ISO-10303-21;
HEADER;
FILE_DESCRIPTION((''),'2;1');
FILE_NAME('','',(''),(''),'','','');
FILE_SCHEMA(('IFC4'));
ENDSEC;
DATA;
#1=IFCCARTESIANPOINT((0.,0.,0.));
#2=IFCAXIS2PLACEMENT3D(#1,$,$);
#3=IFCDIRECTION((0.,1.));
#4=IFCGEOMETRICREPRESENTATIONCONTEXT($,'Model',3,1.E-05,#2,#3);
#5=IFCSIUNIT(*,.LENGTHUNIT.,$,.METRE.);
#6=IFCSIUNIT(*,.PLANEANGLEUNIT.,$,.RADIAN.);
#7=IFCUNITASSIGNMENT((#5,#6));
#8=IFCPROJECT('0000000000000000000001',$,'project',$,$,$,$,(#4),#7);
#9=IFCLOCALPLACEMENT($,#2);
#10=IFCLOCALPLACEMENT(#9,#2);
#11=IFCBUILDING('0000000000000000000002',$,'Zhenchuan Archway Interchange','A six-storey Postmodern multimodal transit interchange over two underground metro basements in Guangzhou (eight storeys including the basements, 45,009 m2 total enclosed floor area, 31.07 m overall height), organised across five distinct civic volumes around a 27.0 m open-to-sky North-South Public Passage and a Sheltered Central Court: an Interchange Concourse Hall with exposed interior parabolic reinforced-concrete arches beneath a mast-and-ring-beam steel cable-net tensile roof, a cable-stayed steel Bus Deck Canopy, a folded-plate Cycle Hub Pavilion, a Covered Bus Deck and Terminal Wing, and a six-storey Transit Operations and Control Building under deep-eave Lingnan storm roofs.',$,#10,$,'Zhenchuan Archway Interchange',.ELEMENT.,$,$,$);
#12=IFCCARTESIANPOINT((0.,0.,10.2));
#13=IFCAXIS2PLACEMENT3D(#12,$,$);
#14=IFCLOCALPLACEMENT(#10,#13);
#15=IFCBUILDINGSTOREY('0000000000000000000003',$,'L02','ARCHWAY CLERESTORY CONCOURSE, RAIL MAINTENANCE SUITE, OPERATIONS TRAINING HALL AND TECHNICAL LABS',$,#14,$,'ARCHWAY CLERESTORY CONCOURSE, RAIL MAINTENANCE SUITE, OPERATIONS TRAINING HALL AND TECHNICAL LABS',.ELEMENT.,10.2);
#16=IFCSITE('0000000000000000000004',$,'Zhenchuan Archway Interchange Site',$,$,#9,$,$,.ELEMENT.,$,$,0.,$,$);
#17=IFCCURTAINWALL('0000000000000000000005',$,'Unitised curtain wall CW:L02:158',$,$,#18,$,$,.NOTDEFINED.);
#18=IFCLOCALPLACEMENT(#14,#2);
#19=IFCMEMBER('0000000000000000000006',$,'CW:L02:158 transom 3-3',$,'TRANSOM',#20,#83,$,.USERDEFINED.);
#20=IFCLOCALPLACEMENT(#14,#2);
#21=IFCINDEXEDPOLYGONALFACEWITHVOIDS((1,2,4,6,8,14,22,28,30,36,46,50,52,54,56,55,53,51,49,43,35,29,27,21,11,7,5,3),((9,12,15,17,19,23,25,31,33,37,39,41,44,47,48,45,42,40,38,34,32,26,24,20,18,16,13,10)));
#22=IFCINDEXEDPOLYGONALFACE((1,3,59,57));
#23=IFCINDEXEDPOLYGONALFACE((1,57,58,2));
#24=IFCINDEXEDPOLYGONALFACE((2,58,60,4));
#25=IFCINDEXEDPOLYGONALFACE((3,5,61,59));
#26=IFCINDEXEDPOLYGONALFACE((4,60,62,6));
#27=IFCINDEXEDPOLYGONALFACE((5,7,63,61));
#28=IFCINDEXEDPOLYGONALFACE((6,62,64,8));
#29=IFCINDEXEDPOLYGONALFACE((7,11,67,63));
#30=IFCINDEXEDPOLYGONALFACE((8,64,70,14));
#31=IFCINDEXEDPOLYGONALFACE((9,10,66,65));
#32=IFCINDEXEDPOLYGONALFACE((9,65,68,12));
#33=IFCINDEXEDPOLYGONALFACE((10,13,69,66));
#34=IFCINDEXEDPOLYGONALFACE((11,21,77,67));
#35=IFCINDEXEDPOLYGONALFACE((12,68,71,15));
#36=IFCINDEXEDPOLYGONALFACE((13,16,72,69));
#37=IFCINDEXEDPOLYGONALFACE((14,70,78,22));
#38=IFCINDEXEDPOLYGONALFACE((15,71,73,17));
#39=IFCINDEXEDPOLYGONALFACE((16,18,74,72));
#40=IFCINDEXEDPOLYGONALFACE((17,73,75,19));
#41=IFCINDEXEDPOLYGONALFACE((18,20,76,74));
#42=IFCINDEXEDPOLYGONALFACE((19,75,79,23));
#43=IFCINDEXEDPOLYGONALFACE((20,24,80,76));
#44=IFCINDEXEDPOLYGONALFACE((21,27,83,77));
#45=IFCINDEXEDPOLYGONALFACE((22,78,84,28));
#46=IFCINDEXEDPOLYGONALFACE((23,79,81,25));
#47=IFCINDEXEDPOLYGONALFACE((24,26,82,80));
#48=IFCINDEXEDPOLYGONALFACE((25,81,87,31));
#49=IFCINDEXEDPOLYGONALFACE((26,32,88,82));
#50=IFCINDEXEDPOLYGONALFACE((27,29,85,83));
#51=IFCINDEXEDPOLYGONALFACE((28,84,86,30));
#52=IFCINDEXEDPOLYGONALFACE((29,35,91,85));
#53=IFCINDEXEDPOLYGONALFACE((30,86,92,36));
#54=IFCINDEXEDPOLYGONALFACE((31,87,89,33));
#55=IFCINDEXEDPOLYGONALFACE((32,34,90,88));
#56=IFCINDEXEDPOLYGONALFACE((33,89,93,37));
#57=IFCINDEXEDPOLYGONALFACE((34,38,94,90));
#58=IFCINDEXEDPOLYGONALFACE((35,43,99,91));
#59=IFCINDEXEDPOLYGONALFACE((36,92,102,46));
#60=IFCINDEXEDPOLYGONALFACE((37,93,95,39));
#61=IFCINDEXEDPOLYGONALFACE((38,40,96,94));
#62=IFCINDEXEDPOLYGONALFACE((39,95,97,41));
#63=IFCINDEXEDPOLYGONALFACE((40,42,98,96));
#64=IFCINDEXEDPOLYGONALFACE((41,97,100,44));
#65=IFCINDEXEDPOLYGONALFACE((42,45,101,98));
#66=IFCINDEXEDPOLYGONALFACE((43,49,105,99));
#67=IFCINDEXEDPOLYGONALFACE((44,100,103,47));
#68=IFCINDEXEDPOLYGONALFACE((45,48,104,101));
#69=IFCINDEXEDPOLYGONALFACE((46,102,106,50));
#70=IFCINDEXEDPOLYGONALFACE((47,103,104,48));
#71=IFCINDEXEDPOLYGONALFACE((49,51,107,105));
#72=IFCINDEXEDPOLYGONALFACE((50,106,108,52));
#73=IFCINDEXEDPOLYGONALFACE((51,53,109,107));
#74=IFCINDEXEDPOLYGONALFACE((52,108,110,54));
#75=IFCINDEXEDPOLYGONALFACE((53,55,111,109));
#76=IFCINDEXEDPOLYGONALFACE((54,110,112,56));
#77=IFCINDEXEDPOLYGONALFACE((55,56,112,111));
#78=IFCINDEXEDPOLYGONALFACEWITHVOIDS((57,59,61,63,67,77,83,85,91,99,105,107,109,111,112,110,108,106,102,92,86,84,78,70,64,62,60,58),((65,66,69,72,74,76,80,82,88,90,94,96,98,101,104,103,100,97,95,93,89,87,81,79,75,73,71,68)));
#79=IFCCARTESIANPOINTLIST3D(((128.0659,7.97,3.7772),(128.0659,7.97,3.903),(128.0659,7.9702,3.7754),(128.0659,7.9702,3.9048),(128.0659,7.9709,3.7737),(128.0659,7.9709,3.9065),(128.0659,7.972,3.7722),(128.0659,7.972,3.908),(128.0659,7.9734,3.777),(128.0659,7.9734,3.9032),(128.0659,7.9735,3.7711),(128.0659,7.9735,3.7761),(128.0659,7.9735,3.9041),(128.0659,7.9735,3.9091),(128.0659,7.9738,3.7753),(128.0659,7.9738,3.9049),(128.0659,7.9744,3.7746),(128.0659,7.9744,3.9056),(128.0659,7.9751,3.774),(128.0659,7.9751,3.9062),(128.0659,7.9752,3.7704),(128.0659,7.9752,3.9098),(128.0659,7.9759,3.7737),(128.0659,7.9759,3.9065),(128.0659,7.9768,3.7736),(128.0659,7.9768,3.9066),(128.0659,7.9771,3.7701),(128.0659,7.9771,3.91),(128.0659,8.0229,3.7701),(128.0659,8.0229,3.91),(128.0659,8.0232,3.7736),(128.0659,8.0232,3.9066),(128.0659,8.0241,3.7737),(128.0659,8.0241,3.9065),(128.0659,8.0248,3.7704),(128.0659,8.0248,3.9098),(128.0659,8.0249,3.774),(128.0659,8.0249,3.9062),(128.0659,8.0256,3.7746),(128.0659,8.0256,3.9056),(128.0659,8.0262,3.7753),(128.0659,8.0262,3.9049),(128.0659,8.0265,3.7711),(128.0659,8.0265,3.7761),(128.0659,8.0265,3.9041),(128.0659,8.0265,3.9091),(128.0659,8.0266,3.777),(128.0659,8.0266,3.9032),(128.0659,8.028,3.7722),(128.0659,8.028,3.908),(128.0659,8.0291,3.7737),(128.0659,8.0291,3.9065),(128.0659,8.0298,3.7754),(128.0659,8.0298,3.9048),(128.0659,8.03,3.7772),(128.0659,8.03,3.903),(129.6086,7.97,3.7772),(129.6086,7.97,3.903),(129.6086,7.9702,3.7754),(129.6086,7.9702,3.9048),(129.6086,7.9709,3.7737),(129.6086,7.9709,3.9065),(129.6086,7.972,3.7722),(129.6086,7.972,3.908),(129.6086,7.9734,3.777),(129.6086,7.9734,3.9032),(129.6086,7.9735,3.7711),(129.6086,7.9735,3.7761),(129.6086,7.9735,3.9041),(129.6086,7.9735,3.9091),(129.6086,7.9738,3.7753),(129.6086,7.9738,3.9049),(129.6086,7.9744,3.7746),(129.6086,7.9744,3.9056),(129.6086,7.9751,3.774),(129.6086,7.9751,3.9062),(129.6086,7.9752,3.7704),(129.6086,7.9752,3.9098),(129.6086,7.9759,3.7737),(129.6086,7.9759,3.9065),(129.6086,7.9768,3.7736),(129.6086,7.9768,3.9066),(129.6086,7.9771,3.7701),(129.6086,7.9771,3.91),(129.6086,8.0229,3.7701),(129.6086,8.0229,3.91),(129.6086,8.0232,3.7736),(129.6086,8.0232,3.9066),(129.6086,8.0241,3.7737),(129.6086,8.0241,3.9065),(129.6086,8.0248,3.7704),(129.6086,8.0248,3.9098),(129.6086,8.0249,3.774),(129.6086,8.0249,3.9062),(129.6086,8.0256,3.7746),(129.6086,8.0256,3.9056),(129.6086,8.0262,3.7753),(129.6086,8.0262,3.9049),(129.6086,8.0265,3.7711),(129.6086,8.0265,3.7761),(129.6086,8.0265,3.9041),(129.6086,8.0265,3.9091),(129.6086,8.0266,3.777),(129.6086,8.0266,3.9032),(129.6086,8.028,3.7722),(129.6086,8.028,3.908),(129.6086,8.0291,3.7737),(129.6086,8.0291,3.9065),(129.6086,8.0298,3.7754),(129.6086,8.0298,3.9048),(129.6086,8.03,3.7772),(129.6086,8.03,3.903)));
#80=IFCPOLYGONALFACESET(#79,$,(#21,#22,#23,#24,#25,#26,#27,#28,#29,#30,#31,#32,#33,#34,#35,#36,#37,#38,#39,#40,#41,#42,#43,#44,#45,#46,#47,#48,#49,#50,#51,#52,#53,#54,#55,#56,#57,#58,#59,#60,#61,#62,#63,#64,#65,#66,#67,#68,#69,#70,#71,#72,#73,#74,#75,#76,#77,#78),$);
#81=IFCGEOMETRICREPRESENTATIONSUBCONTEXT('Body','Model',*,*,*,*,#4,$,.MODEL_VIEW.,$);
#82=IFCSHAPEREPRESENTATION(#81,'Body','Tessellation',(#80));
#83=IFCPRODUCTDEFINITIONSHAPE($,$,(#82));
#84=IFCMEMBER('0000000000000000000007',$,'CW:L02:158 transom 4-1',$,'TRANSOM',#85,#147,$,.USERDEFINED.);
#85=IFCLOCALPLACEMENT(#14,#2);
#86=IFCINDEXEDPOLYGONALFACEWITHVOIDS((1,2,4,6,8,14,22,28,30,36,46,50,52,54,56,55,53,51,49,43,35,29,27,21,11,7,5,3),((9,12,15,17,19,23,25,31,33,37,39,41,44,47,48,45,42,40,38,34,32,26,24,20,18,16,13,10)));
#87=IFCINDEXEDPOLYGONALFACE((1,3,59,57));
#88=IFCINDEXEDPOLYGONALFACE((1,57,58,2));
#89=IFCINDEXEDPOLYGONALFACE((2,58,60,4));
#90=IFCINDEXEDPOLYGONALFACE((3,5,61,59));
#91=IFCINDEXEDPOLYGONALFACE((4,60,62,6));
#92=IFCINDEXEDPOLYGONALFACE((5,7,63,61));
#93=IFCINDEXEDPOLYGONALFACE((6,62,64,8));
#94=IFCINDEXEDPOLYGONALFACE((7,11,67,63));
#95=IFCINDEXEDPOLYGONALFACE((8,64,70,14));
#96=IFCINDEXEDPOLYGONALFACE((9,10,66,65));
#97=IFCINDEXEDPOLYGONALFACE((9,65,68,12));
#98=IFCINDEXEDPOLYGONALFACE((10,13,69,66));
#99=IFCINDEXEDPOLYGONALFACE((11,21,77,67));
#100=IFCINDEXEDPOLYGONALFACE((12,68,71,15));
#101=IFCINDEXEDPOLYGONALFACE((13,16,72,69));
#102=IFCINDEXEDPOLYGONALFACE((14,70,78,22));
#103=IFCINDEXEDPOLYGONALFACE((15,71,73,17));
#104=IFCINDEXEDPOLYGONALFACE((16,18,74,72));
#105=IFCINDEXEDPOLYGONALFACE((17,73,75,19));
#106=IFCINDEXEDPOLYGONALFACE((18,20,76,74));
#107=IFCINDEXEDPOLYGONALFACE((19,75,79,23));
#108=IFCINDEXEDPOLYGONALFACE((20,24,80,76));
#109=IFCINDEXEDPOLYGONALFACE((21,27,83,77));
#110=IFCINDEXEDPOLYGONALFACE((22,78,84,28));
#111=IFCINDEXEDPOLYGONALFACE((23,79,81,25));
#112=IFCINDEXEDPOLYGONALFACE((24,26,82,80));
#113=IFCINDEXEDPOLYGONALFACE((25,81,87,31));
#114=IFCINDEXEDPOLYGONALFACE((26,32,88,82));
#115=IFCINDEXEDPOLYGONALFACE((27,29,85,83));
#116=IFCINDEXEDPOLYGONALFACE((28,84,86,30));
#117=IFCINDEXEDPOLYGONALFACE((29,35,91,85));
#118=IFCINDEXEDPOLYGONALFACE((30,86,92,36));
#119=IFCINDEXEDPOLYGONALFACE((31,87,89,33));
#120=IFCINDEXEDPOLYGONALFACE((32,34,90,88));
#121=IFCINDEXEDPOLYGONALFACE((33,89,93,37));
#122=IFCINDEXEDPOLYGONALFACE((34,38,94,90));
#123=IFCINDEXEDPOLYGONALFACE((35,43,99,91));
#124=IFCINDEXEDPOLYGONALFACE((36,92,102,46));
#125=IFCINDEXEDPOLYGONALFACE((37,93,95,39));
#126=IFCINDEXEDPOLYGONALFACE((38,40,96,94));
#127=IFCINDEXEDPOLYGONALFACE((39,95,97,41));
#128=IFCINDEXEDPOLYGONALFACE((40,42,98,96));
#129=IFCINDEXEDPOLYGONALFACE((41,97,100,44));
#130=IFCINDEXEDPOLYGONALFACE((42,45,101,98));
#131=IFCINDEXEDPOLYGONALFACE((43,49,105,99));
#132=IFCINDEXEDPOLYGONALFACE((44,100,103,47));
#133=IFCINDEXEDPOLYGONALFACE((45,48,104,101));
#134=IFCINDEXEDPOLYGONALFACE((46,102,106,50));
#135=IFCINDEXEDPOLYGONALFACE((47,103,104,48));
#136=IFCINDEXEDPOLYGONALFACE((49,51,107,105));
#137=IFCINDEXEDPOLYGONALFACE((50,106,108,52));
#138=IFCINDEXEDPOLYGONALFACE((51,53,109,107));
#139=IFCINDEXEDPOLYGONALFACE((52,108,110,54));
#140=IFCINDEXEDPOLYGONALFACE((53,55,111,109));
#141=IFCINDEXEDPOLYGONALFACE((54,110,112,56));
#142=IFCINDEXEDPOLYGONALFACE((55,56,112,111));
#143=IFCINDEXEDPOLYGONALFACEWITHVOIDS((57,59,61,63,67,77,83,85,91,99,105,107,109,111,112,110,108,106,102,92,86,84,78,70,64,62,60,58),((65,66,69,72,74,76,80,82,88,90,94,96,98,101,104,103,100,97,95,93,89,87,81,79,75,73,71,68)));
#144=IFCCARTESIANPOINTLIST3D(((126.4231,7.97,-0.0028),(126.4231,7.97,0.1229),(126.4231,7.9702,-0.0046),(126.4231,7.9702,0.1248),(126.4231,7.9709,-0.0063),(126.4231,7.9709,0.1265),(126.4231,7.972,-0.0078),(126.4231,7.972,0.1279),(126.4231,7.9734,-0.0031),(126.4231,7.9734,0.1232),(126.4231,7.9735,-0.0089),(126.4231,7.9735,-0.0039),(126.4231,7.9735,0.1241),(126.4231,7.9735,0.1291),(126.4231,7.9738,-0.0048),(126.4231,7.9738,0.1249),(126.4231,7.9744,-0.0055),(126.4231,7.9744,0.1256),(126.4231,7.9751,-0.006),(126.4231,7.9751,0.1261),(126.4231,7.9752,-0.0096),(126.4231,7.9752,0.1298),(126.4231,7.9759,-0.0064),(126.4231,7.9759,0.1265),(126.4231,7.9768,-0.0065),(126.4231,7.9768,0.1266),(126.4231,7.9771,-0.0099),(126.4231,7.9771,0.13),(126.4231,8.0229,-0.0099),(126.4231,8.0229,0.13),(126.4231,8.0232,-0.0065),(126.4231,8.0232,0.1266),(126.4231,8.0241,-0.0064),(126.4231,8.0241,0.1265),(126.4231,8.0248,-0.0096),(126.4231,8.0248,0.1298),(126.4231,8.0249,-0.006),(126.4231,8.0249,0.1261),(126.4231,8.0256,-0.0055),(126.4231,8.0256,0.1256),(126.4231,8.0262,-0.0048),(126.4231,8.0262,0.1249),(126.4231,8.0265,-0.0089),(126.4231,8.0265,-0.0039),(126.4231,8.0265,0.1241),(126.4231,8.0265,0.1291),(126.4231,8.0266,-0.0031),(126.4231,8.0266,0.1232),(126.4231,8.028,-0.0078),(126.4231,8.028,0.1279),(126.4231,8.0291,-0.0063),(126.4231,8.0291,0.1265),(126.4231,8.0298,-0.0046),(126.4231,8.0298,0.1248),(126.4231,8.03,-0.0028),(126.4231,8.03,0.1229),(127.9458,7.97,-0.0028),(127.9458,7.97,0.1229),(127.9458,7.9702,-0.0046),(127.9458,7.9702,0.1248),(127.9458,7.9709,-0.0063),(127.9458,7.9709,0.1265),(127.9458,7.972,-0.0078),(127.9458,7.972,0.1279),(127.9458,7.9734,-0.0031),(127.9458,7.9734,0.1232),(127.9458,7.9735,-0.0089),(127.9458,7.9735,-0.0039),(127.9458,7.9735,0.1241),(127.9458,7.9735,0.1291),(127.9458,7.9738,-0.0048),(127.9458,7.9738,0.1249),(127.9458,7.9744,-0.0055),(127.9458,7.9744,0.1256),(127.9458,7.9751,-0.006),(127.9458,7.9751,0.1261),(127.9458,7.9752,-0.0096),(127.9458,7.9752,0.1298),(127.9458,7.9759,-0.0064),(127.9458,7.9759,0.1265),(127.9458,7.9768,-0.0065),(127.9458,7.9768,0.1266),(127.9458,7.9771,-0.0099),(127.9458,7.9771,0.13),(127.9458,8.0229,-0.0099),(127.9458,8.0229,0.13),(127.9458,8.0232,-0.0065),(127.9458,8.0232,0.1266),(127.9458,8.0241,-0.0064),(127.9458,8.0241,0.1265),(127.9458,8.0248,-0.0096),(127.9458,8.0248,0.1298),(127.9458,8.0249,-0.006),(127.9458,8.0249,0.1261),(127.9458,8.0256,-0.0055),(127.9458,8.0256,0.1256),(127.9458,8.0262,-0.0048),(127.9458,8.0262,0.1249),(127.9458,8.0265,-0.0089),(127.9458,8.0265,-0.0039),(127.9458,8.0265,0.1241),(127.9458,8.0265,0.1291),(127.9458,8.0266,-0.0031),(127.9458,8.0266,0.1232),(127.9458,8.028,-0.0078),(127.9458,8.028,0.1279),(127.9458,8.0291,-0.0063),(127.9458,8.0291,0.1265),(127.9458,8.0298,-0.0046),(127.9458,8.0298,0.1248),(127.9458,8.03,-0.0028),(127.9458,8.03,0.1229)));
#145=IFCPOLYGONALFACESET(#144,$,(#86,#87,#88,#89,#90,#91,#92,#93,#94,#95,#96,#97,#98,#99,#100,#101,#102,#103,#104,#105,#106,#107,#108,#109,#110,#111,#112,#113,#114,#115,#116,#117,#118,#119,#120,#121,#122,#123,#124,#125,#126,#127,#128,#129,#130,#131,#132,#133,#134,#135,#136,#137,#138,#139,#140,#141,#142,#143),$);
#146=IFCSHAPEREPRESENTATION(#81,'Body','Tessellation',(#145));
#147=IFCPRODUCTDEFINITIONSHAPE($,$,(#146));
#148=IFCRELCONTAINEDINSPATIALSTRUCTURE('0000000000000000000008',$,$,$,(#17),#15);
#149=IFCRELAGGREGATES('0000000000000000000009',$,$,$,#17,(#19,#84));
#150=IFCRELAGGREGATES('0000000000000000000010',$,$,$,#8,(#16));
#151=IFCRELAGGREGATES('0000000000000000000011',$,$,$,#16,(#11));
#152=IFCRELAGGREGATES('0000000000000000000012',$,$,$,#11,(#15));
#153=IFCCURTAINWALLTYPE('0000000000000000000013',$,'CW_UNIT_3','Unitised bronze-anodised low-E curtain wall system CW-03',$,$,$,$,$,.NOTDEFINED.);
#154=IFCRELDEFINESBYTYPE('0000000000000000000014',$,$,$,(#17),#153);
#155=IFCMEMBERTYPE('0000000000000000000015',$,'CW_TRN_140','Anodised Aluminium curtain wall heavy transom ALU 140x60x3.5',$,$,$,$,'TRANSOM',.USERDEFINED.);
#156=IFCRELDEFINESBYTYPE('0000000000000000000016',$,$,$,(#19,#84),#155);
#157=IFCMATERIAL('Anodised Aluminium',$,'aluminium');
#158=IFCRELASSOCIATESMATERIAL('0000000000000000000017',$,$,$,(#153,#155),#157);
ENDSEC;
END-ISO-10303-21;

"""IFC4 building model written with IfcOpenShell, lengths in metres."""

from ifc_helpers import new_model, si_unit, direction, frame, origin, origin_2d, place, context, subcontext, project, spatial, hollow_rectangle, extrude, material, material_profile, profile_set, type_object, element, aggregate, save


model = new_model("IFC4")

# Units and contexts
model_context = context("Model", 3, precision=1e-05, world=origin(), true_north=direction((0.0, 1.0)))
body_context = subcontext(model_context, "Body", "Model", "MODEL_VIEW")
ifc_project = project(units=[si_unit("LENGTHUNIT", "METRE"), si_unit("PLANEANGLEUNIT", "RADIAN")], contexts=[model_context])

# Site, building, storey
site_placement = place(None, origin())
site = spatial("IfcSite", under=ifc_project, at=site_placement, Name="Zhenchuan Archway Interchange Site", CompositionType="ELEMENT", RefElevation=0.0)
building_placement = place(site_placement, origin())
building = spatial("IfcBuilding", under=site, at=building_placement, Name="Zhenchuan Archway Interchange", Description="A six-storey Postmodern multimodal transit interchange over two underground metro basements in Guangzhou (eight storeys including the basements, 45,009 m2 total enclosed floor area, 31.07 m overall height), organised across five distinct civic volumes around a 27.0 m open-to-sky North-South Public Passage and a Sheltered Central Court: an Interchange Concourse Hall with exposed interior parabolic reinforced-concrete arches beneath a mast-and-ring-beam steel cable-net tensile roof, a cable-stayed steel Bus Deck Canopy, a folded-plate Cycle Hub Pavilion, a Covered Bus Deck and Terminal Wing, and a six-storey Transit Operations and Control Building under deep-eave Lingnan storm roofs.", LongName="Zhenchuan Archway Interchange", CompositionType="ELEMENT")
storey_placement = place(building_placement, frame((0.0, 0.0, 10.2)))
storey = spatial("IfcBuildingStorey", under=building, at=storey_placement, Name="L02", Description="ARCHWAY CLERESTORY CONCOURSE, RAIL MAINTENANCE SUITE, OPERATIONS TRAINING HALL AND TECHNICAL LABS", LongName="ARCHWAY CLERESTORY CONCOURSE, RAIL MAINTENANCE SUITE, OPERATIONS TRAINING HALL AND TECHNICAL LABS", CompositionType="ELEMENT", Elevation=10.2)

# Curtain wall, members
ifc_material_1 = material(Name="Anodised Aluminium", Category="aluminium")
curtain_wall_type = type_object("IfcCurtainWallType", Name="CW_UNIT_3", Description="Unitised bronze-anodised low-E curtain wall system CW-03", PredefinedType="NOTDEFINED", material=ifc_material_1)
curtain_wall_placement = place(storey_placement, origin())
curtain_wall = element("IfcCurtainWall", 1, at=curtain_wall_placement, inside=storey, type_object=curtain_wall_type, Name="Unitised curtain wall CW:L02:158", PredefinedType="NOTDEFINED")
ifc_material_profile_1 = material_profile(ifc_material_1, hollow_rectangle(XDim=0.0601, YDim=0.1399, WallThickness=0.0034, InnerFilletRadius=0.0034, OuterFilletRadius=0.0071, at=origin_2d()), Name="ALU 140x60x3.5")
ifc_profile_set_1 = profile_set([ifc_material_profile_1], Name="Anodised Aluminium")
member_type_1 = type_object("IfcMemberType", Name="CW_TRN_140", Description="Anodised Aluminium curtain wall heavy transom ALU 140x60x3.5", ElementType="TRANSOM", PredefinedType="USERDEFINED", material=ifc_profile_set_1)
member_1_placement = place(storey_placement, frame((129.6086, 8.0, 3.8401), z_axis=(-1.0, 0.0, 0.0), x_axis=(0.0, -1.0, 0.0)))
member_1 = element("IfcMember", 2, at=member_1_placement, type_object=member_type_1, Name="CW:L02:158 transom 3-3", ObjectType="TRANSOM", PredefinedType="USERDEFINED", context=body_context, shape_type="SweptSolid", body=[
    extrude(hollow_rectangle(XDim=0.0601, YDim=0.1399, WallThickness=0.0034, InnerFilletRadius=0.0034, OuterFilletRadius=0.0071, at=origin_2d()), origin(), (0.0, 0.0, 1.0), 1.5427),
])
member_2_placement = place(storey_placement, frame((127.9458, 8.0, 0.0601), z_axis=(-1.0, 0.0, 0.0), x_axis=(0.0, -1.0, 0.0)))
member_2 = element("IfcMember", 3, at=member_2_placement, type_object=member_type_1, Name="CW:L02:158 transom 4-1", ObjectType="TRANSOM", PredefinedType="USERDEFINED", context=body_context, shape_type="SweptSolid", body=[
    extrude(hollow_rectangle(XDim=0.0601, YDim=0.1399, WallThickness=0.0034, InnerFilletRadius=0.0034, OuterFilletRadius=0.0071, at=origin_2d()), origin(), (0.0, 0.0, 1.0), 1.5227),
])

aggregate(curtain_wall, [member_1, member_2])

save(model, "model.ifc")
